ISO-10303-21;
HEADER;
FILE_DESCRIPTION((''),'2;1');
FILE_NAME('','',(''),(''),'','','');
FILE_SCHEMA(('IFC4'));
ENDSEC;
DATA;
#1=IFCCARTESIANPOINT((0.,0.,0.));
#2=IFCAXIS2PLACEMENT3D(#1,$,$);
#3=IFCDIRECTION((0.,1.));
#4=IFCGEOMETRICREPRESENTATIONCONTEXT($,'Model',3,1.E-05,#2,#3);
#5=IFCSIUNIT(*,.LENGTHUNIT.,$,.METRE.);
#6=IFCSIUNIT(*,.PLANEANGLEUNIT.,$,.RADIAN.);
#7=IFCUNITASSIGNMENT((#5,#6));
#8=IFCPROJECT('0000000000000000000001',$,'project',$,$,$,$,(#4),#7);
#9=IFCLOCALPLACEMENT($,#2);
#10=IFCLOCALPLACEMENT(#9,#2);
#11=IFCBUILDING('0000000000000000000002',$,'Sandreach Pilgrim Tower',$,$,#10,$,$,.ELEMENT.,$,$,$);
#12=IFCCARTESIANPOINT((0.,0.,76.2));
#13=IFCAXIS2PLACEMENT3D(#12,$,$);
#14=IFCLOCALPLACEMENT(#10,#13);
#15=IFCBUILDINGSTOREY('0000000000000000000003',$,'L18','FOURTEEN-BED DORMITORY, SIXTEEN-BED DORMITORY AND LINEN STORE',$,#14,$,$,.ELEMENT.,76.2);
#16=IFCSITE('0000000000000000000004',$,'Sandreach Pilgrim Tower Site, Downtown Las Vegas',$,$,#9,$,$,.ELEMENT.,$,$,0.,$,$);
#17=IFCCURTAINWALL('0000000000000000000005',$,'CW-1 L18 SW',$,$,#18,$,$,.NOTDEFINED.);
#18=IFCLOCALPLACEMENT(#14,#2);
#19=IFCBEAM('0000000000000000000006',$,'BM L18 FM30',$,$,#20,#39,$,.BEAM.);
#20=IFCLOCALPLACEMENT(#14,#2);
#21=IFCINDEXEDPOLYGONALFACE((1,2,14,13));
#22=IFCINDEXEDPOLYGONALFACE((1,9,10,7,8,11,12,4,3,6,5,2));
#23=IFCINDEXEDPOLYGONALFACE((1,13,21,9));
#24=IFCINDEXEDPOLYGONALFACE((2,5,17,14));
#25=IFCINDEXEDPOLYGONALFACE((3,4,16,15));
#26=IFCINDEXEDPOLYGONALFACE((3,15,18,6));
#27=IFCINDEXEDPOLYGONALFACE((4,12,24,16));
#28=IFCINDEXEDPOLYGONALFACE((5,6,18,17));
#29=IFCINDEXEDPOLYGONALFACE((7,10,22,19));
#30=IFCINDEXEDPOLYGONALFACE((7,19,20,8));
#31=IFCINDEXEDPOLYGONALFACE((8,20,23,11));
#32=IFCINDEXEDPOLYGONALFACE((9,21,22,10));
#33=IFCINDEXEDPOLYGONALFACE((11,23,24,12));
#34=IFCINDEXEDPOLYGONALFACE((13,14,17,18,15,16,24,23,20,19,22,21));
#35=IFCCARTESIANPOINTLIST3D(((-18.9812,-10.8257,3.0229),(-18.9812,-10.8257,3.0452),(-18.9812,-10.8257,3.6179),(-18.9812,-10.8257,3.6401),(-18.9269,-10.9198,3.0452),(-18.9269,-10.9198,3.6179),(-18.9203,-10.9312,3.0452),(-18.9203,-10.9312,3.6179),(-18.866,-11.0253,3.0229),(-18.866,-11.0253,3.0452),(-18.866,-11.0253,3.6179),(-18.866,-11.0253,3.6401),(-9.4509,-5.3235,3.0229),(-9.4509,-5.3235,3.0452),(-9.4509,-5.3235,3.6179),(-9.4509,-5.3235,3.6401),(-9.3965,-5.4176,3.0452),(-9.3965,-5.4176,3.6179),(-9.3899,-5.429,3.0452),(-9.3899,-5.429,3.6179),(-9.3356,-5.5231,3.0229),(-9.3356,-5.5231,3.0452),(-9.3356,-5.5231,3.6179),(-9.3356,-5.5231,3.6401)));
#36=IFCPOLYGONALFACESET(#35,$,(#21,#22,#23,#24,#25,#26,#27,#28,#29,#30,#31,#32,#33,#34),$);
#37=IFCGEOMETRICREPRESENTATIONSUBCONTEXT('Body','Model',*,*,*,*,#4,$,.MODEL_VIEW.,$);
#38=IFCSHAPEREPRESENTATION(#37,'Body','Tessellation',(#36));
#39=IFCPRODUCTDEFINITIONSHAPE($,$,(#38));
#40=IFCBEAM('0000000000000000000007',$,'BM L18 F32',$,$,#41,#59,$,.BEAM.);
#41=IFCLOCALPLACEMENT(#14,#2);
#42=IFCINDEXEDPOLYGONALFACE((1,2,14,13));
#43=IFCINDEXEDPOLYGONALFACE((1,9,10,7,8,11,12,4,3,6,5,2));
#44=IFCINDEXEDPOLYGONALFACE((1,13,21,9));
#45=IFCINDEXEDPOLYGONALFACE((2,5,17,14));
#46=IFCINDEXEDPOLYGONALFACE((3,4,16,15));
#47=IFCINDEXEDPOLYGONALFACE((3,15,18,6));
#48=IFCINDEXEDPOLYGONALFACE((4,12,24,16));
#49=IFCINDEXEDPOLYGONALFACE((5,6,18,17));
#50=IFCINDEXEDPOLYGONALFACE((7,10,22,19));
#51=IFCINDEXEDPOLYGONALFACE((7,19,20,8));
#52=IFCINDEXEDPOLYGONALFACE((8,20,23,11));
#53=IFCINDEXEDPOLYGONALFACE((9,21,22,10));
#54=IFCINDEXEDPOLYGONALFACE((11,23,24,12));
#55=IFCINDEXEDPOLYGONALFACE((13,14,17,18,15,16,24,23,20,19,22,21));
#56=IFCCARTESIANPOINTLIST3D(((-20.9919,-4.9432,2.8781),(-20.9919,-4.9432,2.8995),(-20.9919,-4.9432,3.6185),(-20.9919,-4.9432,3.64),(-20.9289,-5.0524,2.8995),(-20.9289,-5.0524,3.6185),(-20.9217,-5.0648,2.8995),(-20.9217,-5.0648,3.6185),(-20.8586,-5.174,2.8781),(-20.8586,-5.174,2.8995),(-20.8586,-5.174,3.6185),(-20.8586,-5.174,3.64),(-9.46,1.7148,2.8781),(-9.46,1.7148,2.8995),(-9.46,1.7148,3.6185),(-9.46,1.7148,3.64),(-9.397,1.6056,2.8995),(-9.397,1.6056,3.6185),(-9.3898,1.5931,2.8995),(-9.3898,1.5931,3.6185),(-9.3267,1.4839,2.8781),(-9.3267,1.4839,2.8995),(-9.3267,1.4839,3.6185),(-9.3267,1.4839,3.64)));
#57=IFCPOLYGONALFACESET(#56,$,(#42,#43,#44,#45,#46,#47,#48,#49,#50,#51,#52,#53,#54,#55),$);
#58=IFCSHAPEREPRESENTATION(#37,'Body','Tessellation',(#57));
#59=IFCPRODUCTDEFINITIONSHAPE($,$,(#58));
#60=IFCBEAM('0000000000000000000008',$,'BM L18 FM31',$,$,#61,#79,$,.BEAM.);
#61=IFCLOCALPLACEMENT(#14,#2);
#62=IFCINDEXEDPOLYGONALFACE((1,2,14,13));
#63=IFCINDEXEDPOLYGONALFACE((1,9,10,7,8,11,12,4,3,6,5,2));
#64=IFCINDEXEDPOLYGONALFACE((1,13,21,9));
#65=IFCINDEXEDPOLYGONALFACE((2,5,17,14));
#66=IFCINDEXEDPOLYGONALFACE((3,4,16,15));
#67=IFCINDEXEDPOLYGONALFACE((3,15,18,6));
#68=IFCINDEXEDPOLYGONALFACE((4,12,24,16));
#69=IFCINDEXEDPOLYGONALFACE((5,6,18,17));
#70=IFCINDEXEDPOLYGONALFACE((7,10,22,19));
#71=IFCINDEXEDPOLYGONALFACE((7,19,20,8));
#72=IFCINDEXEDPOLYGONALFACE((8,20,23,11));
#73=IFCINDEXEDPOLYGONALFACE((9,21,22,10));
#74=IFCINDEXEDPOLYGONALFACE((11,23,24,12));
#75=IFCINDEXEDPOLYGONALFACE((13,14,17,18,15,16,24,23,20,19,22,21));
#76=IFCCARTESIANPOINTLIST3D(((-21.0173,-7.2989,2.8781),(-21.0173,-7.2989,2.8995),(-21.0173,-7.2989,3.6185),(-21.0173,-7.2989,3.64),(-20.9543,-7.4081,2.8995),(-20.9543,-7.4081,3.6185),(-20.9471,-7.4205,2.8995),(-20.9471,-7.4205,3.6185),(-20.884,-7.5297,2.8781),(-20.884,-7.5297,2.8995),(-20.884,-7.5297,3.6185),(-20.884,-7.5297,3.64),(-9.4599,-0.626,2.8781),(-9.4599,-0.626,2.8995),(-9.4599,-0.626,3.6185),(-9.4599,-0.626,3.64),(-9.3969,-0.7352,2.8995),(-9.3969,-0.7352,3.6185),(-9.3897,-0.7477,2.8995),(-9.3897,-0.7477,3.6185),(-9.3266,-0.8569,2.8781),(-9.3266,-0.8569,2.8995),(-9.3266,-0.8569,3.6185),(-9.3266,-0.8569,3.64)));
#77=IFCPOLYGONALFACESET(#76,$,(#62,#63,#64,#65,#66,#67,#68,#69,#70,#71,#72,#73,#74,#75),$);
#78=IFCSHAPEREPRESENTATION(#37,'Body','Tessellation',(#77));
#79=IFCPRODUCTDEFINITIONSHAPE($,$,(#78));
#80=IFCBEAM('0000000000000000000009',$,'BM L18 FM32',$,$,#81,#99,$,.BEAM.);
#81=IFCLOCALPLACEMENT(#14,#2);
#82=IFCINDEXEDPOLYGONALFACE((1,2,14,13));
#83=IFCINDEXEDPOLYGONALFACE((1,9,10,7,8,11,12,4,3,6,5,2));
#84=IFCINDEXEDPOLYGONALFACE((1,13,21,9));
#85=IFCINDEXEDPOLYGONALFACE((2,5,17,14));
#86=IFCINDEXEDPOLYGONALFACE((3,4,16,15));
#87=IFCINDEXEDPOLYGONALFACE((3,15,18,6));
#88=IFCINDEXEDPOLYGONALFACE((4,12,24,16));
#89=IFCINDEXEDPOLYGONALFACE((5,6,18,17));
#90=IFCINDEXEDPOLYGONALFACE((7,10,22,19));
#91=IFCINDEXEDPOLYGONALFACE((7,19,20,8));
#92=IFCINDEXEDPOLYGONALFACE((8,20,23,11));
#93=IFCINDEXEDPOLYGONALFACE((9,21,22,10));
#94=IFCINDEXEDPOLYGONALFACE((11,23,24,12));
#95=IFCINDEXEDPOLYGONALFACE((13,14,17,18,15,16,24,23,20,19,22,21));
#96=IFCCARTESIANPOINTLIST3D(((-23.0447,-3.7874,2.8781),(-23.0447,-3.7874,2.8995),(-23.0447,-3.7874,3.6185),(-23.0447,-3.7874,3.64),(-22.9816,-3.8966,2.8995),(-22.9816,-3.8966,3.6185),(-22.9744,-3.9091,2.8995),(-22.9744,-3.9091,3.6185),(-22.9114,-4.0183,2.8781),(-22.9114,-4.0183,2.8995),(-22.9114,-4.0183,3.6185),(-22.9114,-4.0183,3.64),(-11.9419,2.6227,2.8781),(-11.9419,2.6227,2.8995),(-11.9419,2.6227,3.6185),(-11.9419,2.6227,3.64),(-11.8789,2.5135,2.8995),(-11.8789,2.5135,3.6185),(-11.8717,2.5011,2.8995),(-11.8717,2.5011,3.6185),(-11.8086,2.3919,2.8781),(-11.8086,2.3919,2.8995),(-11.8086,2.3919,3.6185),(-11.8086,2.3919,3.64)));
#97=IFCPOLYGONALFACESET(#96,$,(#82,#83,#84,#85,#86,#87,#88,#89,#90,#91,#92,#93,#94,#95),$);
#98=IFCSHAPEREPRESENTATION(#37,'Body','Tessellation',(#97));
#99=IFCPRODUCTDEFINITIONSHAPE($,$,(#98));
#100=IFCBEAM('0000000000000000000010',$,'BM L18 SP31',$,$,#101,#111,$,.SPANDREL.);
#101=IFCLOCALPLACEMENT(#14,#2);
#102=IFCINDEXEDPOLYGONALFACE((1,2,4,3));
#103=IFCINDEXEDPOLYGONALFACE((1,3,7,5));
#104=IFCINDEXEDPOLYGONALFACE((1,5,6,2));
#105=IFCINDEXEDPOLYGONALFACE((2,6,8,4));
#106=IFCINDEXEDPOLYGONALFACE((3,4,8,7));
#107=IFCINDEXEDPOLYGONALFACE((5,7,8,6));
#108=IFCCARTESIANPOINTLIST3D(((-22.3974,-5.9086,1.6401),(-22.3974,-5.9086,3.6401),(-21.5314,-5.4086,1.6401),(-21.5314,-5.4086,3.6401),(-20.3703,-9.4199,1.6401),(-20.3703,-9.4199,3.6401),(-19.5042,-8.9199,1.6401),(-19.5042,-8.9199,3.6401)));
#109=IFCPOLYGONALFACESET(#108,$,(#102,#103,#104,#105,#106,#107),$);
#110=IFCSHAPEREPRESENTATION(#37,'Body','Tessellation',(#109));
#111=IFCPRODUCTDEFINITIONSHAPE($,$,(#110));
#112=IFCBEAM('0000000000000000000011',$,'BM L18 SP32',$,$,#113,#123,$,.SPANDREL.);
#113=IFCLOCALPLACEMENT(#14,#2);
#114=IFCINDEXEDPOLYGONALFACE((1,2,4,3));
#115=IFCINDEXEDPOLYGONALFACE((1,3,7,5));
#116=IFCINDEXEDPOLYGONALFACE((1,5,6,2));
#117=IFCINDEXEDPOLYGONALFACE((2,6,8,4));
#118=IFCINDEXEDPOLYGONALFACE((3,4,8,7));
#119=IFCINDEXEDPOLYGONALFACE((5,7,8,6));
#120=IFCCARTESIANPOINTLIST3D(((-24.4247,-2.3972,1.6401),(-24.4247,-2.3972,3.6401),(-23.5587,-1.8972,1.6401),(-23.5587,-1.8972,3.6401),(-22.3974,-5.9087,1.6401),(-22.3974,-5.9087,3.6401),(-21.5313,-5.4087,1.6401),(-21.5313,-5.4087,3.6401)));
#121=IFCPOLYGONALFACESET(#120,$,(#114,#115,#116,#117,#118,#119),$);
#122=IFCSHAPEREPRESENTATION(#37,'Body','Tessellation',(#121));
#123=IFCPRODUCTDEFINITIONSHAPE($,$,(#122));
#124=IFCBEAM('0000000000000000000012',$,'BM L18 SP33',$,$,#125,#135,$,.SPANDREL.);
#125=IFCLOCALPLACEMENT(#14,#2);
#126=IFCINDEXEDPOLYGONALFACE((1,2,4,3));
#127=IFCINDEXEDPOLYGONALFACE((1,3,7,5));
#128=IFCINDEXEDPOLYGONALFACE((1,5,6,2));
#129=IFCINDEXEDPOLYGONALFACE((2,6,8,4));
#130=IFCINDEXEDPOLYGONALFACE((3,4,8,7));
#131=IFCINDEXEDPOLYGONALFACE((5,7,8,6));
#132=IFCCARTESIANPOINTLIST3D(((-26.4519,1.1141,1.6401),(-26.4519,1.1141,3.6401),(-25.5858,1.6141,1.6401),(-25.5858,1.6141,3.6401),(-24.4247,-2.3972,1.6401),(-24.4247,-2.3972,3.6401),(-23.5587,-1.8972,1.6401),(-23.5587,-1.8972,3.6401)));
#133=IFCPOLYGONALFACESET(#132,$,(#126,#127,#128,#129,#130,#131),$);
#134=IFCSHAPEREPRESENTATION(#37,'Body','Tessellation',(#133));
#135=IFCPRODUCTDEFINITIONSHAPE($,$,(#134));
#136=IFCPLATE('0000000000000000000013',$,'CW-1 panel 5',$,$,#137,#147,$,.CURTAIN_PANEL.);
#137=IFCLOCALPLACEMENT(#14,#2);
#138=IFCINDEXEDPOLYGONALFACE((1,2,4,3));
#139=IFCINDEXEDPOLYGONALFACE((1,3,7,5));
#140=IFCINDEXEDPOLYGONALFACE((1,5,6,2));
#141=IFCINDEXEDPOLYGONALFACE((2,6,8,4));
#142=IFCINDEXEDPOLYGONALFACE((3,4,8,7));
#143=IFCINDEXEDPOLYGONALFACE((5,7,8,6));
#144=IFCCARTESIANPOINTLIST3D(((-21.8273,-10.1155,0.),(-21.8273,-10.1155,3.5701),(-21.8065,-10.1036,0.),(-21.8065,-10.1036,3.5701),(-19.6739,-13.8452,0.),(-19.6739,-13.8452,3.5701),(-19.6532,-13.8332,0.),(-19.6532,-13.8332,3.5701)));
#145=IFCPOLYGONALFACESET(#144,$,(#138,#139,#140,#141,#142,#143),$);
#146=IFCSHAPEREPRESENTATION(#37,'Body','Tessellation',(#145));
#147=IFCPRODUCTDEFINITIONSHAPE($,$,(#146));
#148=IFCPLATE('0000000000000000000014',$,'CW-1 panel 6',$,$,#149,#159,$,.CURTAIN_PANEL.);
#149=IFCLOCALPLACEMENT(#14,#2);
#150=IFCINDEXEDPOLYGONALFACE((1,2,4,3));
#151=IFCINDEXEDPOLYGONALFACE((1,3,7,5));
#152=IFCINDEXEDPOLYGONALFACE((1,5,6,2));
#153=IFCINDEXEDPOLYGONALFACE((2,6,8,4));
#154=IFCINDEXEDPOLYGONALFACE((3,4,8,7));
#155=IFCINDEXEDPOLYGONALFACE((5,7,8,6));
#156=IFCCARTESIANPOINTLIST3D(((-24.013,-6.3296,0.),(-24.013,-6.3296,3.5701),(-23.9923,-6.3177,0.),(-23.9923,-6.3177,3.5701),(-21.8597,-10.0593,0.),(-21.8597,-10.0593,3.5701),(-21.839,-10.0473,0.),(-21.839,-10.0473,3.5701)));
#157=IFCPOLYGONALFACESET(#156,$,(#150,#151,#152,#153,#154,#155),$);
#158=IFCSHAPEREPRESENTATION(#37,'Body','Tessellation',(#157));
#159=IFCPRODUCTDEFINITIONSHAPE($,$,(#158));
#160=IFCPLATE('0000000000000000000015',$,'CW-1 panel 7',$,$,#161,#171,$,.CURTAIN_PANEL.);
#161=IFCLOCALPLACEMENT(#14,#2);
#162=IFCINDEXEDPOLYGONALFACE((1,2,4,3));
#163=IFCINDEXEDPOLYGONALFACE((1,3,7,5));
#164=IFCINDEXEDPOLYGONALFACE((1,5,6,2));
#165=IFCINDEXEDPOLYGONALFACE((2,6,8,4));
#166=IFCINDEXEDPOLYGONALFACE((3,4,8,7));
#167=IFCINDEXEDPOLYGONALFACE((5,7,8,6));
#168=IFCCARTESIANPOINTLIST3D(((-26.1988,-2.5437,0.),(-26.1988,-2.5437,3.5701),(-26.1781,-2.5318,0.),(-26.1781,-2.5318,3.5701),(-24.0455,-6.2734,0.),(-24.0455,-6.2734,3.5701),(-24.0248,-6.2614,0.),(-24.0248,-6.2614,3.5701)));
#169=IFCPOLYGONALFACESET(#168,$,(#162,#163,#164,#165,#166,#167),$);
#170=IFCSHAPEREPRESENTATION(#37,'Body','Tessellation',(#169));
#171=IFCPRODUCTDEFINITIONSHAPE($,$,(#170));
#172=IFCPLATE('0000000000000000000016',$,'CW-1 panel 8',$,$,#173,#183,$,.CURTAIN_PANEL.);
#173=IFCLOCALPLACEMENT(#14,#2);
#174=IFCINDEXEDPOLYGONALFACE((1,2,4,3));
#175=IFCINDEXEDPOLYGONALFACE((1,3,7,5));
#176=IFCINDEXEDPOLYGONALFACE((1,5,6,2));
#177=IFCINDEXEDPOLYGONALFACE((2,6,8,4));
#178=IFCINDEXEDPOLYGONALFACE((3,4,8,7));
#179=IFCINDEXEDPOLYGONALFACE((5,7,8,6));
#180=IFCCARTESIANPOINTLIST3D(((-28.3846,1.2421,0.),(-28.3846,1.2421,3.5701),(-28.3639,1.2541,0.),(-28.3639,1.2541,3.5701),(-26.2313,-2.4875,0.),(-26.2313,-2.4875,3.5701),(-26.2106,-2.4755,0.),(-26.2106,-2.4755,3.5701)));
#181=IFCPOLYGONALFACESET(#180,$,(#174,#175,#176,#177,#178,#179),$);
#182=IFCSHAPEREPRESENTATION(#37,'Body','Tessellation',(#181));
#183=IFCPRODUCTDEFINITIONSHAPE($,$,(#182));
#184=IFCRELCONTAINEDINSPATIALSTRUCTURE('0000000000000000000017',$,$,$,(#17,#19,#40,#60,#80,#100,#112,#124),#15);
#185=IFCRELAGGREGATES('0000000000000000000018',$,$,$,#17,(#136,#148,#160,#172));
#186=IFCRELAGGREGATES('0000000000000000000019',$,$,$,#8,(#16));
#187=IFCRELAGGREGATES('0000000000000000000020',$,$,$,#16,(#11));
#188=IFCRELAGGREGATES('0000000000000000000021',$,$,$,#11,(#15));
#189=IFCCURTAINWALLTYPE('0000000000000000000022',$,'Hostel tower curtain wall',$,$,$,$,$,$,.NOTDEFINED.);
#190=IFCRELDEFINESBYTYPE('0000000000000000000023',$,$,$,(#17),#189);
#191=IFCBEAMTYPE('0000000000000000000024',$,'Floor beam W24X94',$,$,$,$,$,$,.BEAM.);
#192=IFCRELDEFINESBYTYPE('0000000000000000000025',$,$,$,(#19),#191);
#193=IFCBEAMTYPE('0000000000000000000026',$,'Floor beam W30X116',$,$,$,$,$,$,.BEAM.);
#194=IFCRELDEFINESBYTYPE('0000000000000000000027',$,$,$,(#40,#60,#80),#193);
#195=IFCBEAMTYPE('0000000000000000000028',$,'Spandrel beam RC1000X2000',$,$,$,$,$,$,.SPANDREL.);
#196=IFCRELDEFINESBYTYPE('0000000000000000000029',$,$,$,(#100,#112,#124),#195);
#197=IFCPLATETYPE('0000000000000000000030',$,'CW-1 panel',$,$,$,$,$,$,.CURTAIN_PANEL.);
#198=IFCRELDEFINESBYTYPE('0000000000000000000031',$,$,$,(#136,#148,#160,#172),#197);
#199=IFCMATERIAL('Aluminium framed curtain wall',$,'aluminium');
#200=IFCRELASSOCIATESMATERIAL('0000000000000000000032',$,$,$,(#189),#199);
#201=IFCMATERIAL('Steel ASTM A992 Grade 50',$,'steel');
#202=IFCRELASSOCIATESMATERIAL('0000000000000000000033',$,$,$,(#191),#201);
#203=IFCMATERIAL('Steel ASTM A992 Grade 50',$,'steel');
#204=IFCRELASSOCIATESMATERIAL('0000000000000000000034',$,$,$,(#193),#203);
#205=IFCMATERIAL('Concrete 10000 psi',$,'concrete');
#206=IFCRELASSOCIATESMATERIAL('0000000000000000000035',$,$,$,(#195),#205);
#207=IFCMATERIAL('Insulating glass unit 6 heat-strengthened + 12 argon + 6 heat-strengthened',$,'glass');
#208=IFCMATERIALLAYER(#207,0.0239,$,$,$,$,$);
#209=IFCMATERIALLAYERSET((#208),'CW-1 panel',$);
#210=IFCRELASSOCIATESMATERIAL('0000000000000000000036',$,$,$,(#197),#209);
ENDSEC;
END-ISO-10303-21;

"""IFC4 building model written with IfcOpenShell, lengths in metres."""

from ifc_helpers import new_model, si_unit, direction, frame, origin, origin_2d, place, context, subcontext, project, spatial, rectangle, i_section, extrude, material, layer, layer_set, material_profile, profile_set, type_object, element, aggregate, save


model = new_model("IFC4")

# Units and contexts
model_context = context("Model", 3, precision=1e-05, world=origin(), true_north=direction((0.0, 1.0)))
body_context = subcontext(model_context, "Body", "Model", "MODEL_VIEW")
ifc_project = project(units=[si_unit("LENGTHUNIT", "METRE"), si_unit("PLANEANGLEUNIT", "RADIAN")], contexts=[model_context])

# Site, building, storey
site_placement = place(None, origin())
site = spatial("IfcSite", under=ifc_project, at=site_placement, Name="Sandreach Pilgrim Tower Site, Downtown Las Vegas", CompositionType="ELEMENT", RefElevation=0.0)
building_placement = place(site_placement, origin())
building = spatial("IfcBuilding", under=site, at=building_placement, Name="Sandreach Pilgrim Tower", CompositionType="ELEMENT")
storey_placement = place(building_placement, frame((0.0, 0.0, 76.2)))
storey = spatial("IfcBuildingStorey", under=building, at=storey_placement, Name="L18", Description="FOURTEEN-BED DORMITORY, SIXTEEN-BED DORMITORY AND LINEN STORE", CompositionType="ELEMENT", Elevation=76.2)

# Curtain wall
ifc_material_1 = material(Name="Aluminium framed curtain wall", Category="aluminium")
curtain_wall_type = type_object("IfcCurtainWallType", Name="Hostel tower curtain wall", PredefinedType="NOTDEFINED", material=ifc_material_1)
curtain_wall_placement = place(storey_placement, origin())
curtain_wall = element("IfcCurtainWall", 1, at=curtain_wall_placement, inside=storey, type_object=curtain_wall_type, Name="CW-1 L18 SW", PredefinedType="NOTDEFINED")

# Beams
ifc_material_2 = material(Name="Steel ASTM A992 Grade 50", Category="steel")
ifc_material_profile_1 = material_profile(ifc_material_2, i_section(OverallWidth=0.2305, OverallDepth=0.6172, WebThickness=0.0132, FlangeThickness=0.0222, at=origin_2d()), Name="W24X94")
ifc_profile_set_1 = profile_set([ifc_material_profile_1], Name="Steel ASTM A992 Grade 50")
beam_type_1 = type_object("IfcBeamType", Name="Floor beam W24X94", PredefinedType="BEAM", material=ifc_profile_set_1)
beam_1_placement = place(storey_placement, frame((-18.9236, -10.9255, 3.3315), z_axis=(0.86603, 0.499993, 0.0), x_axis=(-0.499993, 0.86603, 0.0)))
element("IfcBeam", 2, at=beam_1_placement, inside=storey, type_object=beam_type_1, Name="BM L18 FM30", PredefinedType="BEAM", context=body_context, shape_type="SweptSolid", body=[
    extrude(i_section(OverallWidth=0.2305, OverallDepth=0.6172, WebThickness=0.0132, FlangeThickness=0.0222, at=origin_2d()), origin(), (0.0, 0.0, 1.0), 11.0046),
])
ifc_material_3 = material(Name="Steel ASTM A992 Grade 50", Category="steel")
ifc_material_profile_2 = material_profile(ifc_material_3, i_section(OverallWidth=0.2666, OverallDepth=0.762, WebThickness=0.0144, FlangeThickness=0.0215, at=origin_2d()), Name="W30X116")
ifc_profile_set_2 = profile_set([ifc_material_profile_2], Name="Steel ASTM A992 Grade 50")
beam_type_2 = type_object("IfcBeamType", Name="Floor beam W30X116", PredefinedType="BEAM", material=ifc_profile_set_2)
beam_2_placement = place(storey_placement, frame((-20.9253, -5.0586, 3.259), z_axis=(0.866027, 0.499998, 0.0), x_axis=(-0.499998, 0.866027, 0.0)))
element("IfcBeam", 3, at=beam_2_placement, inside=storey, type_object=beam_type_2, Name="BM L18 F32", PredefinedType="BEAM", context=body_context, shape_type="SweptSolid", body=[
    extrude(i_section(OverallWidth=0.2666, OverallDepth=0.762, WebThickness=0.0144, FlangeThickness=0.0215, at=origin_2d()), origin(), (0.0, 0.0, 1.0), 13.3159),
])
beam_3_placement = place(storey_placement, frame((-20.9507, -7.4143, 3.259), z_axis=(0.866019, 0.500011, 0.0), x_axis=(-0.500011, 0.866019, 0.0)))
element("IfcBeam", 4, at=beam_3_placement, inside=storey, type_object=beam_type_2, Name="BM L18 FM31", PredefinedType="BEAM", context=body_context, shape_type="SweptSolid", body=[
    extrude(i_section(OverallWidth=0.2666, OverallDepth=0.762, WebThickness=0.0144, FlangeThickness=0.0215, at=origin_2d()), origin(), (0.0, 0.0, 1.0), 13.3455),
])
beam_4_placement = place(storey_placement, frame((-22.978, -3.9028, 3.259), z_axis=(0.866027, 0.499998, 0.0), x_axis=(-0.499998, 0.866027, 0.0)))
element("IfcBeam", 5, at=beam_4_placement, inside=storey, type_object=beam_type_2, Name="BM L18 FM32", PredefinedType="BEAM", context=body_context, shape_type="SweptSolid", body=[
    extrude(i_section(OverallWidth=0.2666, OverallDepth=0.762, WebThickness=0.0144, FlangeThickness=0.0215, at=origin_2d()), origin(), (0.0, 0.0, 1.0), 12.8203),
])
ifc_material_4 = material(Name="Concrete 10000 psi", Category="concrete")
ifc_material_profile_3 = material_profile(ifc_material_4, rectangle(XDim=1.0, YDim=2.0, at=origin_2d()), Name="RC1000X2000")
ifc_profile_set_3 = profile_set([ifc_material_profile_3], Name="Concrete 10000 psi")
beam_type_3 = type_object("IfcBeamType", Name="Spandrel beam RC1000X2000", PredefinedType="SPANDREL", material=ifc_profile_set_3)
beam_5_placement = place(storey_placement, frame((-19.9373, -9.1699, 2.6401), z_axis=(-0.49998, 0.866037, 0.0), x_axis=(-0.866037, -0.49998, 0.0)))
element("IfcBeam", 6, at=beam_5_placement, inside=storey, type_object=beam_type_3, Name="BM L18 SP31", PredefinedType="SPANDREL", context=body_context, shape_type="SweptSolid", body=[
    extrude(rectangle(XDim=1.0, YDim=2.0, at=origin_2d()), origin(), (0.0, 0.0, 1.0), 4.0544),
])
beam_6_placement = place(storey_placement, frame((-21.9644, -5.6587, 2.6401), z_axis=(-0.499999, 0.866026, 0.0), x_axis=(-0.866026, -0.499999, 0.0)))
element("IfcBeam", 7, at=beam_6_placement, inside=storey, type_object=beam_type_3, Name="BM L18 SP32", PredefinedType="SPANDREL", context=body_context, shape_type="SweptSolid", body=[
    extrude(rectangle(XDim=1.0, YDim=2.0, at=origin_2d()), origin(), (0.0, 0.0, 1.0), 4.0547),
])
beam_7_placement = place(storey_placement, frame((-23.9917, -2.1472, 2.6401), z_axis=(-0.49998, 0.866037, 0.0), x_axis=(-0.866037, -0.49998, 0.0)))
element("IfcBeam", 8, at=beam_7_placement, inside=storey, type_object=beam_type_3, Name="BM L18 SP33", PredefinedType="SPANDREL", context=body_context, shape_type="SweptSolid", body=[
    extrude(rectangle(XDim=1.0, YDim=2.0, at=origin_2d()), origin(), (0.0, 0.0, 1.0), 4.0544),
])

# Plates
ifc_material_5 = material(Name="Insulating glass unit 6 heat-strengthened + 12 argon + 6 heat-strengthened", Category="glass")
ifc_layer_1 = layer(ifc_material_5, 0.0239)
ifc_layer_set_1 = layer_set([ifc_layer_1], Name="CW-1 panel")
plate_type = type_object("IfcPlateType", Name="CW-1 panel", PredefinedType="CURTAIN_PANEL", material=ifc_layer_set_1)
plate_1_placement = place(storey_placement, frame((-20.7402, -11.9744, 0.0), z_axis=(0.0, 0.0, 1.0), x_axis=(-0.5, 0.866025, 0.0)))
plate_1 = element("IfcPlate", 9, at=plate_1_placement, type_object=plate_type, Name="CW-1 panel 5", PredefinedType="CURTAIN_PANEL", context=body_context, shape_type="SweptSolid", body=[
    extrude(rectangle(XDim=4.3066, YDim=0.0239, at=origin_2d()), origin(), (0.0, 0.0, 1.0), 3.5701),
])
plate_2_placement = place(storey_placement, frame((-22.926, -8.1885, 0.0), z_axis=(0.0, 0.0, 1.0), x_axis=(-0.5, 0.866025, 0.0)))
plate_2 = element("IfcPlate", 10, at=plate_2_placement, type_object=plate_type, Name="CW-1 panel 6", PredefinedType="CURTAIN_PANEL", context=body_context, shape_type="SweptSolid", body=[
    extrude(rectangle(XDim=4.3066, YDim=0.0239, at=origin_2d()), origin(), (0.0, 0.0, 1.0), 3.5701),
])
plate_3_placement = place(storey_placement, frame((-25.1118, -4.4026, 0.0), z_axis=(0.0, 0.0, 1.0), x_axis=(-0.5, 0.866025, 0.0)))
plate_3 = element("IfcPlate", 11, at=plate_3_placement, type_object=plate_type, Name="CW-1 panel 7", PredefinedType="CURTAIN_PANEL", context=body_context, shape_type="SweptSolid", body=[
    extrude(rectangle(XDim=4.3066, YDim=0.0239, at=origin_2d()), origin(), (0.0, 0.0, 1.0), 3.5701),
])
plate_4_placement = place(storey_placement, frame((-27.2976, -0.6167, 0.0), z_axis=(0.0, 0.0, 1.0), x_axis=(-0.5, 0.866025, 0.0)))
plate_4 = element("IfcPlate", 12, at=plate_4_placement, type_object=plate_type, Name="CW-1 panel 8", PredefinedType="CURTAIN_PANEL", context=body_context, shape_type="SweptSolid", body=[
    extrude(rectangle(XDim=4.3066, YDim=0.0239, at=origin_2d()), origin(), (0.0, 0.0, 1.0), 3.5701),
])
aggregate(curtain_wall, [plate_1, plate_2, plate_3, plate_4])

save(model, "model.ifc")
